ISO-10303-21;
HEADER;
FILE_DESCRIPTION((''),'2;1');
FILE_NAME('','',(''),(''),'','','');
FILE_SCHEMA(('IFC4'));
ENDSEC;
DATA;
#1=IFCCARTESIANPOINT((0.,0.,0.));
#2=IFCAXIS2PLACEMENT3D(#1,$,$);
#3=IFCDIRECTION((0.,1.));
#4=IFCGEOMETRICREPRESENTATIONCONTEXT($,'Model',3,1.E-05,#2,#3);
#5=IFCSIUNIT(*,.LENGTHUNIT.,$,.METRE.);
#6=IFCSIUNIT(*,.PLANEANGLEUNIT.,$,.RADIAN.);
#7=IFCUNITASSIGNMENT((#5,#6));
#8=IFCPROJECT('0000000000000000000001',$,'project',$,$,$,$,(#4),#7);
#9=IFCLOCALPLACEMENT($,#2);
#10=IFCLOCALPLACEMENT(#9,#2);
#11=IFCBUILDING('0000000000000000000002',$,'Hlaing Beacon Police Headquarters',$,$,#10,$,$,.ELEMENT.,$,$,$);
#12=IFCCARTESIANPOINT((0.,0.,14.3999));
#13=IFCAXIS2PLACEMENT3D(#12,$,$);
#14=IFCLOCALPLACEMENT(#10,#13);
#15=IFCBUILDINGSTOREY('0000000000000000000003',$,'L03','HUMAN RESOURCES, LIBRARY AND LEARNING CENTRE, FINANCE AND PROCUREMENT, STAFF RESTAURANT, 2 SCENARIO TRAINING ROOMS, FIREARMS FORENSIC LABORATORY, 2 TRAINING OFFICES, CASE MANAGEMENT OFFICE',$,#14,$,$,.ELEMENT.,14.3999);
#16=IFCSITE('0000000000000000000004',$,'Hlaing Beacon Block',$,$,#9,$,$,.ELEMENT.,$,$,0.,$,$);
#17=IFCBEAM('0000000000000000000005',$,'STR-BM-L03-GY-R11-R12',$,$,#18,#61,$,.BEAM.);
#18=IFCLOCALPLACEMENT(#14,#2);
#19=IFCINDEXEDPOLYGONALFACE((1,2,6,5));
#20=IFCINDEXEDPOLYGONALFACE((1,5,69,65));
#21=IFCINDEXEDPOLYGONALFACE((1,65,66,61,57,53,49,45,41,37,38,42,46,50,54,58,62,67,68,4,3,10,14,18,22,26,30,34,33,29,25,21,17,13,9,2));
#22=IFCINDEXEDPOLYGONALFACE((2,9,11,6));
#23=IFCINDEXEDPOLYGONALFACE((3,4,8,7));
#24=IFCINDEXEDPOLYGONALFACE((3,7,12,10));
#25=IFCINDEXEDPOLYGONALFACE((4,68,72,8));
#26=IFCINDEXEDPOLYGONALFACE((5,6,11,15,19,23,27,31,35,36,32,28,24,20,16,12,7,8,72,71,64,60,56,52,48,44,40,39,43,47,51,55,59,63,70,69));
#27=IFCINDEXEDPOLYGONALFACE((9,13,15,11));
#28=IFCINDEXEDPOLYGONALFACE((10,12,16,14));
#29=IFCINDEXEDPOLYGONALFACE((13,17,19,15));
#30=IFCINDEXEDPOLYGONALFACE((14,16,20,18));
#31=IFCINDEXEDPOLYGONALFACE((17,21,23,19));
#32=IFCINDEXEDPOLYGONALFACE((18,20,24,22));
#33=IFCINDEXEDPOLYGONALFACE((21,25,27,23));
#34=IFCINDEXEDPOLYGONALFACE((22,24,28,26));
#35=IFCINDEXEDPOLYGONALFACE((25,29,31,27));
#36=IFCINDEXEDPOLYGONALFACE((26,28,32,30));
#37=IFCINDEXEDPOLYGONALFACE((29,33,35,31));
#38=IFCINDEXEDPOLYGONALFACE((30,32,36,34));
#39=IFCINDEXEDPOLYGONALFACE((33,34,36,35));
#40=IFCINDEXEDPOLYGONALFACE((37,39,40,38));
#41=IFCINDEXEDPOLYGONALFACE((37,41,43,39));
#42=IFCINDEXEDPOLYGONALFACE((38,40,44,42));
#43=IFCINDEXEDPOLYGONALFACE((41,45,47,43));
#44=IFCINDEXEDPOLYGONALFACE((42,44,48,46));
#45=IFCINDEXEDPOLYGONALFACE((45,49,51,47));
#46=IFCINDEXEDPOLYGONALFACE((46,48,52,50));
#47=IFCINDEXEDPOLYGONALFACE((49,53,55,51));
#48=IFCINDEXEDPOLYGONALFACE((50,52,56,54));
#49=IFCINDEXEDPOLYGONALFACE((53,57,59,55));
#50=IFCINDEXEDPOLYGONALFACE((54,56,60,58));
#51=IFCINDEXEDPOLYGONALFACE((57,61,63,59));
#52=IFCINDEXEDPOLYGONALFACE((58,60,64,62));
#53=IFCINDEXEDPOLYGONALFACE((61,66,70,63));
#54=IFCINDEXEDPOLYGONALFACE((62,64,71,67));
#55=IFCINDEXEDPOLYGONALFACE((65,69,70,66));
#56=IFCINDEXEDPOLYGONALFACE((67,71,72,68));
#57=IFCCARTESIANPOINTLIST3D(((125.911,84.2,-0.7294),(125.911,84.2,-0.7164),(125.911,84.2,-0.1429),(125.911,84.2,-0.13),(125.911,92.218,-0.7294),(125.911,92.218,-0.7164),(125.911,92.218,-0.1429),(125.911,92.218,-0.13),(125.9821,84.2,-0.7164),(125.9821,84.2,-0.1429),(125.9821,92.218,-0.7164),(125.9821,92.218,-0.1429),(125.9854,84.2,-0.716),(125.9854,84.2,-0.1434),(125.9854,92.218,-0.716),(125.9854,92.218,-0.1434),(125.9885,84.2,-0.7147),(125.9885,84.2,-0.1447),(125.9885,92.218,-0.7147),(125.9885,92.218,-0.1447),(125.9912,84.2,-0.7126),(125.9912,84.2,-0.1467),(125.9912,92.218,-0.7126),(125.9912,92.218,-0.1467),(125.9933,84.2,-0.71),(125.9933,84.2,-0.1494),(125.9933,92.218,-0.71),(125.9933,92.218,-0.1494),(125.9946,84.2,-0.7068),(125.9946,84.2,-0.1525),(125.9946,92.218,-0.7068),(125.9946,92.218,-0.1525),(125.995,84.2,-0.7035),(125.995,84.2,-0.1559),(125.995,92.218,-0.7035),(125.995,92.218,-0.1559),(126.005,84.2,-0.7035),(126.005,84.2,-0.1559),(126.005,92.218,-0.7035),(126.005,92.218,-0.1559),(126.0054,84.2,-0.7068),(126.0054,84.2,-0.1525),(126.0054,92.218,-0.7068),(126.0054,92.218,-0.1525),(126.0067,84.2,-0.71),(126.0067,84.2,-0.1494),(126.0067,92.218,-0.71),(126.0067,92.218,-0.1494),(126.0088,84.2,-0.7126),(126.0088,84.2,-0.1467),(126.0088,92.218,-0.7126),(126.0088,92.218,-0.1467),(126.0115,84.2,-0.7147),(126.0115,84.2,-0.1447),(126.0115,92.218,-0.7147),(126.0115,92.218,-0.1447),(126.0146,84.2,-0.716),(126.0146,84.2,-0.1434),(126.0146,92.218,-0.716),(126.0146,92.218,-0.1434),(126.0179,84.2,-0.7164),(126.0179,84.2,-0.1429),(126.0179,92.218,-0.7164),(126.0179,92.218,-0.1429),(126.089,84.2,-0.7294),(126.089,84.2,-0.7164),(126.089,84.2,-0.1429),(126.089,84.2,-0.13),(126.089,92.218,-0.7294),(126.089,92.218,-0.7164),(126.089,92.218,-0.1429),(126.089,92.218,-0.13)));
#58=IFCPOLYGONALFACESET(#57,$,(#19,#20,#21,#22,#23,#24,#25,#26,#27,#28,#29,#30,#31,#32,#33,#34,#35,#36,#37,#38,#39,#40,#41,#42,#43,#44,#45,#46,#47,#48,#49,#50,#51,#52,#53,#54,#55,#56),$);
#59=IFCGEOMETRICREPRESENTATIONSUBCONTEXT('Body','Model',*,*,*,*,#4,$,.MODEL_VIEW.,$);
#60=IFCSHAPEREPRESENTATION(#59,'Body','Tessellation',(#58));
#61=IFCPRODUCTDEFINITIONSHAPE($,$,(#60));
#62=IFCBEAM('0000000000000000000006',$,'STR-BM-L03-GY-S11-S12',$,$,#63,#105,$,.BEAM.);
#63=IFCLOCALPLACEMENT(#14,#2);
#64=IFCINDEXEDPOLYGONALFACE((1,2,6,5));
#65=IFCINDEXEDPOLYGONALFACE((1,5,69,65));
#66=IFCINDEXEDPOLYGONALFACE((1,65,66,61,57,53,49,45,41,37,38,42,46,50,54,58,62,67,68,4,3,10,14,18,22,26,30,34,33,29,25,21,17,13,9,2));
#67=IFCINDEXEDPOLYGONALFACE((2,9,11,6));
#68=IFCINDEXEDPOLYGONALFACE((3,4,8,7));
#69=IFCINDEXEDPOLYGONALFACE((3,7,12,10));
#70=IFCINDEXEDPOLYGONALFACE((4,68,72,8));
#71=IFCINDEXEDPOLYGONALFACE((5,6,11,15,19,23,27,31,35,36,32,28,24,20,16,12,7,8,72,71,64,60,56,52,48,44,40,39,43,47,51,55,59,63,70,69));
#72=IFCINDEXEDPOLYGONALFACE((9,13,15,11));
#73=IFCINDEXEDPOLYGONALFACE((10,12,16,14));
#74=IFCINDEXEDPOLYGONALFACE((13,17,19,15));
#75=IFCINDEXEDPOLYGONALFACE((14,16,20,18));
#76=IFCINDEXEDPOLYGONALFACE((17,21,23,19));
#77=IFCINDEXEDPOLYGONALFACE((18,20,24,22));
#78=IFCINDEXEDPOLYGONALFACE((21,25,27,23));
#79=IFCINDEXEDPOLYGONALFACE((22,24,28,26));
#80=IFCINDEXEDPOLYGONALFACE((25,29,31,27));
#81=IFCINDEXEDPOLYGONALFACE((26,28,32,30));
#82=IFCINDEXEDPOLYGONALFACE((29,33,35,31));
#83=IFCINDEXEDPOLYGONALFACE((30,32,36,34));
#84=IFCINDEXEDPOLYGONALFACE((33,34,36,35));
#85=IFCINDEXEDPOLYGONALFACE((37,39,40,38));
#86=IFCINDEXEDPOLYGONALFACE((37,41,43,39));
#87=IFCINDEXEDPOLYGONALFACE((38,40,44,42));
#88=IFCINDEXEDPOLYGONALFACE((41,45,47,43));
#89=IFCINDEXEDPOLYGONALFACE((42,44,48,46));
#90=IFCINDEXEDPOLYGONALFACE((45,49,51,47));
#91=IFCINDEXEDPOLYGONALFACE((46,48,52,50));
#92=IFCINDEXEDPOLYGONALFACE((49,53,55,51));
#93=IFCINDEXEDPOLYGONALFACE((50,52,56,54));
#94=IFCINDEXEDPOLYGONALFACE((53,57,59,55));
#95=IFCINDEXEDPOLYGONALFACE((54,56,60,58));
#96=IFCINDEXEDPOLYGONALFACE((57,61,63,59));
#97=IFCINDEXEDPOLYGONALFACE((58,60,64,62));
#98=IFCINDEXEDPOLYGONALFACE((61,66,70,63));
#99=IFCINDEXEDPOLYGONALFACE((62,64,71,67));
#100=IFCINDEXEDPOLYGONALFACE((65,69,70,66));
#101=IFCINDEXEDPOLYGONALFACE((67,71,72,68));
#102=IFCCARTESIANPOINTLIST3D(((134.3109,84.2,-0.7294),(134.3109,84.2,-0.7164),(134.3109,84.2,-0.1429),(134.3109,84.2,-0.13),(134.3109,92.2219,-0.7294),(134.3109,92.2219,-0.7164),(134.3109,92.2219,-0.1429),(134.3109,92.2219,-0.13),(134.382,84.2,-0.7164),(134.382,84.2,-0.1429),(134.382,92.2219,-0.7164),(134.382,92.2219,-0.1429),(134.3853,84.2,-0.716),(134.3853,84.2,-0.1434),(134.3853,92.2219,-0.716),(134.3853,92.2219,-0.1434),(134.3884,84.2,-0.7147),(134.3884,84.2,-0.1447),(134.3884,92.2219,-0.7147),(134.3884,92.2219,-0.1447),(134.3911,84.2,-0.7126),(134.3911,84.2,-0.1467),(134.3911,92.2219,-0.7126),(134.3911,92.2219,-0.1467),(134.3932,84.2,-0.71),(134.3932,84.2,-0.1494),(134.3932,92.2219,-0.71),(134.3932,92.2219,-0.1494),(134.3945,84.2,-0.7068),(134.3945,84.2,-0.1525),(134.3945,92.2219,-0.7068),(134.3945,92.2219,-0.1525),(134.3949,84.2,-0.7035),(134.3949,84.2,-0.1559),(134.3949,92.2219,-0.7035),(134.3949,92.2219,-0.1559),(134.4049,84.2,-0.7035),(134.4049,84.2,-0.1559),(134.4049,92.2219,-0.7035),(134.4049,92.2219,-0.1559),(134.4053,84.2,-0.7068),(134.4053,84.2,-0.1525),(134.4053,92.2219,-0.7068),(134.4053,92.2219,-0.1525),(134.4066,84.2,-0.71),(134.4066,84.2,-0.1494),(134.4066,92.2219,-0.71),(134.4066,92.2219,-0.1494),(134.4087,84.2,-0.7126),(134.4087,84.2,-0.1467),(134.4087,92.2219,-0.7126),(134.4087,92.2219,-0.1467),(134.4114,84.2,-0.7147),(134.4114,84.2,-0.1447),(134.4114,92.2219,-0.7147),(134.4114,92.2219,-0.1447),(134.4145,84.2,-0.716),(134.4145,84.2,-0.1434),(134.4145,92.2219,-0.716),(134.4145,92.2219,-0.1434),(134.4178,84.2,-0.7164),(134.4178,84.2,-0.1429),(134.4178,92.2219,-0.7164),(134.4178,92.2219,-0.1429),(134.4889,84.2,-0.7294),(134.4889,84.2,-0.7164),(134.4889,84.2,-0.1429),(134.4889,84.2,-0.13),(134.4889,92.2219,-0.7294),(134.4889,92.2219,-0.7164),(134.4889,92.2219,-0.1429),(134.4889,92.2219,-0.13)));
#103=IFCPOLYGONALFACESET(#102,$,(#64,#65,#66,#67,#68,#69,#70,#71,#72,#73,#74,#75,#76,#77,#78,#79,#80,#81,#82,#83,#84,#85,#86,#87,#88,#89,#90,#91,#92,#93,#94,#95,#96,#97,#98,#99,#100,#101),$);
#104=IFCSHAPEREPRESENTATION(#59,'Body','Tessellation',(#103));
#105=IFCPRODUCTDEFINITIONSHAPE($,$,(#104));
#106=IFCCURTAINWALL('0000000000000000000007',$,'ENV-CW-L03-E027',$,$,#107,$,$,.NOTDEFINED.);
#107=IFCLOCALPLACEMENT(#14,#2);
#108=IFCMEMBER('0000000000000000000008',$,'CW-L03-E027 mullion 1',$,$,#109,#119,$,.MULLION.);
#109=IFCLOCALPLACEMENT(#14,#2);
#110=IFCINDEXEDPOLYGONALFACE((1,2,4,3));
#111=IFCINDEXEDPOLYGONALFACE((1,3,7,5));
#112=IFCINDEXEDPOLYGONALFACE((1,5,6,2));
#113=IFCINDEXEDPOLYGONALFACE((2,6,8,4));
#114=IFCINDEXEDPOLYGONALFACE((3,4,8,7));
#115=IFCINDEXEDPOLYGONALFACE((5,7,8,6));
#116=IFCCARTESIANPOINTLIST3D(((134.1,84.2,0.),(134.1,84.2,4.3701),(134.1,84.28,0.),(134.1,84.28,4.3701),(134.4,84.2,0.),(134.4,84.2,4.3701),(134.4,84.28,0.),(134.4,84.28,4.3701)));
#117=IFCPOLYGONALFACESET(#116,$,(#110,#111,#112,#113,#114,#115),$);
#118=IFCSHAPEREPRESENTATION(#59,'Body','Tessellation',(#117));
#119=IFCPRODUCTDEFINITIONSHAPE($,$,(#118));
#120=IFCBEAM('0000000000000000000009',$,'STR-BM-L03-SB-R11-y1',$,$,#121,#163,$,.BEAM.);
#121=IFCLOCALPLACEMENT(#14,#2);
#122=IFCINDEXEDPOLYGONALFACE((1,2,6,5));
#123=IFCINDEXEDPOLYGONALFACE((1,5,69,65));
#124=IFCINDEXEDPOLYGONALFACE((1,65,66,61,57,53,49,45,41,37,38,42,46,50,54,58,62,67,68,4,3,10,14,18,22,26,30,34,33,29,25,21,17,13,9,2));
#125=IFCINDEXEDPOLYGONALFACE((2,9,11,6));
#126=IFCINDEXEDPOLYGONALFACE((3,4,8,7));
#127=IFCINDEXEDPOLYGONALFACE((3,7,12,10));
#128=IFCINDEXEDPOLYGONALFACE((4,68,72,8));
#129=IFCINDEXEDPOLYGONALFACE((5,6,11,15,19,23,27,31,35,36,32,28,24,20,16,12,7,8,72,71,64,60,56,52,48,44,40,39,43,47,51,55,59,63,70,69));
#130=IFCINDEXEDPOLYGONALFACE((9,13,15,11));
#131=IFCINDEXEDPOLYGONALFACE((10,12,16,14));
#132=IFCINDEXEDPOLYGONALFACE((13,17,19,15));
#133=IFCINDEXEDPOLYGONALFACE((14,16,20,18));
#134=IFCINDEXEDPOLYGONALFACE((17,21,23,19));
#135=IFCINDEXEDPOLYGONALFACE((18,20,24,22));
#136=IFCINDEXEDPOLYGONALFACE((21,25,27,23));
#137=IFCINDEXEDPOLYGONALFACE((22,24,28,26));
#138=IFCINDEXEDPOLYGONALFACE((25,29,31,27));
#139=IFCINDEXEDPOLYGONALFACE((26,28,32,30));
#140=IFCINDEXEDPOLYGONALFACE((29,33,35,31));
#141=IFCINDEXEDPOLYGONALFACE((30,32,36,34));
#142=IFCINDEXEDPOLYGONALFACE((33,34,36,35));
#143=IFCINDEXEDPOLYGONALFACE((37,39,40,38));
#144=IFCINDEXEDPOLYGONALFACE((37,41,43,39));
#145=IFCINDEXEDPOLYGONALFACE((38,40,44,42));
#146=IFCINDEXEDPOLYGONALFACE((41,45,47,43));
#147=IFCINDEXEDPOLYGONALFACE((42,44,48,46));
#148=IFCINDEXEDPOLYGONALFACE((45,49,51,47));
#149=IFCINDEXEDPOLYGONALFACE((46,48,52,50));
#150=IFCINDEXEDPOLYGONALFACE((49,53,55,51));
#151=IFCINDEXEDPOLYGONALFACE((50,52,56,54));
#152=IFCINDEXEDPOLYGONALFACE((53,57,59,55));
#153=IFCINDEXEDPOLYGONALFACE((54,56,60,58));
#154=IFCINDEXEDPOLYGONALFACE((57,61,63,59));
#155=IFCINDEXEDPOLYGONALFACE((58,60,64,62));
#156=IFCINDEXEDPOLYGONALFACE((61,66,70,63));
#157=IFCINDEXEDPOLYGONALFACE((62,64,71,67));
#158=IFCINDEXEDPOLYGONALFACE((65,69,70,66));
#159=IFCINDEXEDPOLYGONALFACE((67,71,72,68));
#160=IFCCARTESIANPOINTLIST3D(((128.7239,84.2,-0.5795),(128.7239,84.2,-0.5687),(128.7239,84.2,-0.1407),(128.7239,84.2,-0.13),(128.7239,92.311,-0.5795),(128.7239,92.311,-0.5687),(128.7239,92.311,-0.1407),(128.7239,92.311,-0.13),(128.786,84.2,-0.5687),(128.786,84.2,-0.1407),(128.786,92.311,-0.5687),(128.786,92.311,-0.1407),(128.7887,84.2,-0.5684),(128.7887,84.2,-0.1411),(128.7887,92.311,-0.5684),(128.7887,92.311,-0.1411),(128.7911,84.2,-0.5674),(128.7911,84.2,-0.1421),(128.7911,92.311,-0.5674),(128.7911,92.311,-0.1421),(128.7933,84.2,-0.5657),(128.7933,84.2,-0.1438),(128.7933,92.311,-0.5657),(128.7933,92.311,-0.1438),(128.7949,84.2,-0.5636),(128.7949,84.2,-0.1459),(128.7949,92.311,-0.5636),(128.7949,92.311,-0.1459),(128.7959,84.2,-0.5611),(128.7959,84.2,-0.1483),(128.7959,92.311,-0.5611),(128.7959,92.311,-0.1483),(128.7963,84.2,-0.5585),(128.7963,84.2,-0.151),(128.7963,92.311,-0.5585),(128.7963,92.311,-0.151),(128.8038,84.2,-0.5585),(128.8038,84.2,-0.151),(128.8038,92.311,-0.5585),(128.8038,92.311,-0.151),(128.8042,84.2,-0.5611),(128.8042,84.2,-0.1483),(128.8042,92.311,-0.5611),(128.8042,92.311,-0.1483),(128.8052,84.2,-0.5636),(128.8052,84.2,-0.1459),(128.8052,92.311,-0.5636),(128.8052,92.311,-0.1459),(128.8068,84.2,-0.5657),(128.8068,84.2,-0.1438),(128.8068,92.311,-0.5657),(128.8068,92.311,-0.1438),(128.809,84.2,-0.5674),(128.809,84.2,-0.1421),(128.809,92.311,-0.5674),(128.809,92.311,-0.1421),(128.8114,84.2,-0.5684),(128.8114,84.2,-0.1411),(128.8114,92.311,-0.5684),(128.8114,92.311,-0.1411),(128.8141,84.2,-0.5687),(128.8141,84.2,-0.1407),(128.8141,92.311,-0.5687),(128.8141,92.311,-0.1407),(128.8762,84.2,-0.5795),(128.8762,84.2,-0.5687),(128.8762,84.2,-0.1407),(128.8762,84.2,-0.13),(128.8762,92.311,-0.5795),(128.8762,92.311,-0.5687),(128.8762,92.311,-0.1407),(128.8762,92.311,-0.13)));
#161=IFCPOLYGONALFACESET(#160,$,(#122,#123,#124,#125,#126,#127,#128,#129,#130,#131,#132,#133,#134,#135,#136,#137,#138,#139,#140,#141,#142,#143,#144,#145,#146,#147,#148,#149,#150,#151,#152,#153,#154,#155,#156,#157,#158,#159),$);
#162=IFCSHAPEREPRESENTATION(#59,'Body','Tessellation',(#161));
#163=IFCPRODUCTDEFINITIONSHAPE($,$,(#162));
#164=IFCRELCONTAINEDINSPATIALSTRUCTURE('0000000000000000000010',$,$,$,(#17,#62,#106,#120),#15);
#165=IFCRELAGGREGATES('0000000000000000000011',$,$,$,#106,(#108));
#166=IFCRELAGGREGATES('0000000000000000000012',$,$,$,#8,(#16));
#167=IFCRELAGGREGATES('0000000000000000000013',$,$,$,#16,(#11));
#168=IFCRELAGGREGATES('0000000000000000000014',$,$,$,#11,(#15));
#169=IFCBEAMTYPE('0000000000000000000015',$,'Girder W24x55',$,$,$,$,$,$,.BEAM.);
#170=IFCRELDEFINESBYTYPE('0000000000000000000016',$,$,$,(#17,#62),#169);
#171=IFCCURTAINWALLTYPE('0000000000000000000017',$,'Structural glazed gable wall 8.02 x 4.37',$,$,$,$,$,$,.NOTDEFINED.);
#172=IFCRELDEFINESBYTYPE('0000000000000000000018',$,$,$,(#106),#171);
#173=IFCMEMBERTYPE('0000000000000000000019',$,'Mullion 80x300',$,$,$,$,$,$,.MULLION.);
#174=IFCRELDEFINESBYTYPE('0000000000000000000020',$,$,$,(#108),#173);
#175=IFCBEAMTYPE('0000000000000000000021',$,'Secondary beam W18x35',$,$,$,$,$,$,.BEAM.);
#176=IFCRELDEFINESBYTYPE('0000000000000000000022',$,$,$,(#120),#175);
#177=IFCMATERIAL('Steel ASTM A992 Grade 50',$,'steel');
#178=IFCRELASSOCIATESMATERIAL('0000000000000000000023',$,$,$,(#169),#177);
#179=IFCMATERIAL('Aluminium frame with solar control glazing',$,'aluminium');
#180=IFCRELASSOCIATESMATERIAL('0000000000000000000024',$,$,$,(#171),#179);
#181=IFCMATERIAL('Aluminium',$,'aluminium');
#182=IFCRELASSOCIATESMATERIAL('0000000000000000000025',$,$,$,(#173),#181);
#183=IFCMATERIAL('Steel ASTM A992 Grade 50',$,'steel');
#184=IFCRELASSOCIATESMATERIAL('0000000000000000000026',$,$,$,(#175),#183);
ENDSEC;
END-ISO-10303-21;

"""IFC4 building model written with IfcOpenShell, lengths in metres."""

from ifc_helpers import new_model, si_unit, direction, frame, origin, origin_2d, place, context, subcontext, project, spatial, rectangle, i_section, extrude, material, material_profile, profile_set, type_object, element, aggregate, save


model = new_model("IFC4")

# Units and contexts
model_context = context("Model", 3, precision=1e-05, world=origin(), true_north=direction((0.0, 1.0)))
body_context = subcontext(model_context, "Body", "Model", "MODEL_VIEW")
ifc_project = project(units=[si_unit("LENGTHUNIT", "METRE"), si_unit("PLANEANGLEUNIT", "RADIAN")], contexts=[model_context])

# Site, building, storey
site_placement = place(None, origin())
site = spatial("IfcSite", under=ifc_project, at=site_placement, Name="Hlaing Beacon Block", CompositionType="ELEMENT", RefElevation=0.0)
building_placement = place(site_placement, origin())
building = spatial("IfcBuilding", under=site, at=building_placement, Name="Hlaing Beacon Police Headquarters", CompositionType="ELEMENT")
storey_placement = place(building_placement, frame((0.0, 0.0, 14.3999)))
storey = spatial("IfcBuildingStorey", under=building, at=storey_placement, Name="L03", Description="HUMAN RESOURCES, LIBRARY AND LEARNING CENTRE, FINANCE AND PROCUREMENT, STAFF RESTAURANT, 2 SCENARIO TRAINING ROOMS, FIREARMS FORENSIC LABORATORY, 2 TRAINING OFFICES, CASE MANAGEMENT OFFICE", CompositionType="ELEMENT", Elevation=14.3999)

# Beams
ifc_material_1 = material(Name="Steel ASTM A992 Grade 50", Category="steel")
ifc_material_profile_1 = material_profile(ifc_material_1, i_section(OverallWidth=0.178, OverallDepth=0.5994, WebThickness=0.01, FlangeThickness=0.0129, FilletRadius=0.0129, at=origin_2d()), Name="W24x55")
ifc_profile_set_1 = profile_set([ifc_material_profile_1], Name="Steel ASTM A992 Grade 50")
beam_type_1 = type_object("IfcBeamType", Name="Girder W24x55", PredefinedType="BEAM", material=ifc_profile_set_1)
beam_1_placement = place(storey_placement, frame((126.0, 84.2, -0.4297), z_axis=(0.0, 1.0, 0.0), x_axis=(-1.0, 0.0, 0.0)))
element("IfcBeam", 1, at=beam_1_placement, inside=storey, type_object=beam_type_1, Name="STR-BM-L03-GY-R11-R12", PredefinedType="BEAM", context=body_context, shape_type="SweptSolid", body=[
    extrude(i_section(OverallWidth=0.178, OverallDepth=0.5994, WebThickness=0.01, FlangeThickness=0.0129, FilletRadius=0.0129, at=origin_2d()), origin(), (0.0, 0.0, 1.0), 8.0181),
])
beam_2_placement = place(storey_placement, frame((134.3999, 84.2, -0.4297), z_axis=(0.0, 1.0, 0.0), x_axis=(-1.0, 0.0, 0.0)))
element("IfcBeam", 2, at=beam_2_placement, inside=storey, type_object=beam_type_1, Name="STR-BM-L03-GY-S11-S12", PredefinedType="BEAM", context=body_context, shape_type="SweptSolid", body=[
    extrude(i_section(OverallWidth=0.178, OverallDepth=0.5994, WebThickness=0.01, FlangeThickness=0.0129, FilletRadius=0.0129, at=origin_2d()), origin(), (0.0, 0.0, 1.0), 8.022),
])

# Curtain wall, member
ifc_material_2 = material(Name="Aluminium frame with solar control glazing", Category="aluminium")
curtain_wall_type = type_object("IfcCurtainWallType", Name="Structural glazed gable wall 8.02 x 4.37", PredefinedType="NOTDEFINED", material=ifc_material_2)
curtain_wall_placement = place(storey_placement, origin())
curtain_wall = element("IfcCurtainWall", 3, at=curtain_wall_placement, inside=storey, type_object=curtain_wall_type, Name="ENV-CW-L03-E027", PredefinedType="NOTDEFINED")
ifc_material_3 = material(Name="Aluminium", Category="aluminium")
ifc_material_profile_2 = material_profile(ifc_material_3, rectangle(XDim=0.3, YDim=0.0801, at=origin_2d()), Name="Mullion 80x300")
ifc_profile_set_2 = profile_set([ifc_material_profile_2], Name="Aluminium")
member_type_1 = type_object("IfcMemberType", Name="Mullion 80x300", PredefinedType="MULLION", material=ifc_profile_set_2)
member_1_placement = place(storey_placement, frame((134.25, 84.24, 0.0), z_axis=(0.0, 0.0, 1.0), x_axis=(-1.0, 0.0, 0.0)))
member_1 = element("IfcMember", 4, at=member_1_placement, type_object=member_type_1, Name="CW-L03-E027 mullion 1", PredefinedType="MULLION", context=body_context, shape_type="SweptSolid", body=[
    extrude(rectangle(XDim=0.3, YDim=0.0801, at=origin_2d()), origin(), (0.0, 0.0, 1.0), 4.3701),
])

# Beam
ifc_material_4 = material(Name="Steel ASTM A992 Grade 50", Category="steel")
ifc_material_profile_3 = material_profile(ifc_material_4, i_section(OverallWidth=0.1523, OverallDepth=0.4495, WebThickness=0.0076, FlangeThickness=0.0107, FilletRadius=0.0103, at=origin_2d()), Name="W18x35")
ifc_profile_set_3 = profile_set([ifc_material_profile_3], Name="Steel ASTM A992 Grade 50")
beam_type_2 = type_object("IfcBeamType", Name="Secondary beam W18x35", PredefinedType="BEAM", material=ifc_profile_set_3)
for number, where, z_axis, x_axis, name in (
    (5, (128.8, 84.2, -0.3547), (0.0, 1.0, 0.0), (-1.0, 0.0, 0.0), "STR-BM-L03-SB-R11-y1"),
):
    element("IfcBeam", number, at=place(storey_placement, frame(where, z_axis=z_axis, x_axis=x_axis)), inside=storey, type_object=beam_type_2, Name=name, PredefinedType="BEAM", context=body_context, shape_type="SweptSolid", body=[
        extrude(i_section(OverallWidth=0.1523, OverallDepth=0.4495, WebThickness=0.0076, FlangeThickness=0.0107, FilletRadius=0.0103, at=origin_2d()), origin(), (0.0, 0.0, 1.0), 8.1111),
    ])

aggregate(curtain_wall, [member_1])

save(model, "model.ifc")
